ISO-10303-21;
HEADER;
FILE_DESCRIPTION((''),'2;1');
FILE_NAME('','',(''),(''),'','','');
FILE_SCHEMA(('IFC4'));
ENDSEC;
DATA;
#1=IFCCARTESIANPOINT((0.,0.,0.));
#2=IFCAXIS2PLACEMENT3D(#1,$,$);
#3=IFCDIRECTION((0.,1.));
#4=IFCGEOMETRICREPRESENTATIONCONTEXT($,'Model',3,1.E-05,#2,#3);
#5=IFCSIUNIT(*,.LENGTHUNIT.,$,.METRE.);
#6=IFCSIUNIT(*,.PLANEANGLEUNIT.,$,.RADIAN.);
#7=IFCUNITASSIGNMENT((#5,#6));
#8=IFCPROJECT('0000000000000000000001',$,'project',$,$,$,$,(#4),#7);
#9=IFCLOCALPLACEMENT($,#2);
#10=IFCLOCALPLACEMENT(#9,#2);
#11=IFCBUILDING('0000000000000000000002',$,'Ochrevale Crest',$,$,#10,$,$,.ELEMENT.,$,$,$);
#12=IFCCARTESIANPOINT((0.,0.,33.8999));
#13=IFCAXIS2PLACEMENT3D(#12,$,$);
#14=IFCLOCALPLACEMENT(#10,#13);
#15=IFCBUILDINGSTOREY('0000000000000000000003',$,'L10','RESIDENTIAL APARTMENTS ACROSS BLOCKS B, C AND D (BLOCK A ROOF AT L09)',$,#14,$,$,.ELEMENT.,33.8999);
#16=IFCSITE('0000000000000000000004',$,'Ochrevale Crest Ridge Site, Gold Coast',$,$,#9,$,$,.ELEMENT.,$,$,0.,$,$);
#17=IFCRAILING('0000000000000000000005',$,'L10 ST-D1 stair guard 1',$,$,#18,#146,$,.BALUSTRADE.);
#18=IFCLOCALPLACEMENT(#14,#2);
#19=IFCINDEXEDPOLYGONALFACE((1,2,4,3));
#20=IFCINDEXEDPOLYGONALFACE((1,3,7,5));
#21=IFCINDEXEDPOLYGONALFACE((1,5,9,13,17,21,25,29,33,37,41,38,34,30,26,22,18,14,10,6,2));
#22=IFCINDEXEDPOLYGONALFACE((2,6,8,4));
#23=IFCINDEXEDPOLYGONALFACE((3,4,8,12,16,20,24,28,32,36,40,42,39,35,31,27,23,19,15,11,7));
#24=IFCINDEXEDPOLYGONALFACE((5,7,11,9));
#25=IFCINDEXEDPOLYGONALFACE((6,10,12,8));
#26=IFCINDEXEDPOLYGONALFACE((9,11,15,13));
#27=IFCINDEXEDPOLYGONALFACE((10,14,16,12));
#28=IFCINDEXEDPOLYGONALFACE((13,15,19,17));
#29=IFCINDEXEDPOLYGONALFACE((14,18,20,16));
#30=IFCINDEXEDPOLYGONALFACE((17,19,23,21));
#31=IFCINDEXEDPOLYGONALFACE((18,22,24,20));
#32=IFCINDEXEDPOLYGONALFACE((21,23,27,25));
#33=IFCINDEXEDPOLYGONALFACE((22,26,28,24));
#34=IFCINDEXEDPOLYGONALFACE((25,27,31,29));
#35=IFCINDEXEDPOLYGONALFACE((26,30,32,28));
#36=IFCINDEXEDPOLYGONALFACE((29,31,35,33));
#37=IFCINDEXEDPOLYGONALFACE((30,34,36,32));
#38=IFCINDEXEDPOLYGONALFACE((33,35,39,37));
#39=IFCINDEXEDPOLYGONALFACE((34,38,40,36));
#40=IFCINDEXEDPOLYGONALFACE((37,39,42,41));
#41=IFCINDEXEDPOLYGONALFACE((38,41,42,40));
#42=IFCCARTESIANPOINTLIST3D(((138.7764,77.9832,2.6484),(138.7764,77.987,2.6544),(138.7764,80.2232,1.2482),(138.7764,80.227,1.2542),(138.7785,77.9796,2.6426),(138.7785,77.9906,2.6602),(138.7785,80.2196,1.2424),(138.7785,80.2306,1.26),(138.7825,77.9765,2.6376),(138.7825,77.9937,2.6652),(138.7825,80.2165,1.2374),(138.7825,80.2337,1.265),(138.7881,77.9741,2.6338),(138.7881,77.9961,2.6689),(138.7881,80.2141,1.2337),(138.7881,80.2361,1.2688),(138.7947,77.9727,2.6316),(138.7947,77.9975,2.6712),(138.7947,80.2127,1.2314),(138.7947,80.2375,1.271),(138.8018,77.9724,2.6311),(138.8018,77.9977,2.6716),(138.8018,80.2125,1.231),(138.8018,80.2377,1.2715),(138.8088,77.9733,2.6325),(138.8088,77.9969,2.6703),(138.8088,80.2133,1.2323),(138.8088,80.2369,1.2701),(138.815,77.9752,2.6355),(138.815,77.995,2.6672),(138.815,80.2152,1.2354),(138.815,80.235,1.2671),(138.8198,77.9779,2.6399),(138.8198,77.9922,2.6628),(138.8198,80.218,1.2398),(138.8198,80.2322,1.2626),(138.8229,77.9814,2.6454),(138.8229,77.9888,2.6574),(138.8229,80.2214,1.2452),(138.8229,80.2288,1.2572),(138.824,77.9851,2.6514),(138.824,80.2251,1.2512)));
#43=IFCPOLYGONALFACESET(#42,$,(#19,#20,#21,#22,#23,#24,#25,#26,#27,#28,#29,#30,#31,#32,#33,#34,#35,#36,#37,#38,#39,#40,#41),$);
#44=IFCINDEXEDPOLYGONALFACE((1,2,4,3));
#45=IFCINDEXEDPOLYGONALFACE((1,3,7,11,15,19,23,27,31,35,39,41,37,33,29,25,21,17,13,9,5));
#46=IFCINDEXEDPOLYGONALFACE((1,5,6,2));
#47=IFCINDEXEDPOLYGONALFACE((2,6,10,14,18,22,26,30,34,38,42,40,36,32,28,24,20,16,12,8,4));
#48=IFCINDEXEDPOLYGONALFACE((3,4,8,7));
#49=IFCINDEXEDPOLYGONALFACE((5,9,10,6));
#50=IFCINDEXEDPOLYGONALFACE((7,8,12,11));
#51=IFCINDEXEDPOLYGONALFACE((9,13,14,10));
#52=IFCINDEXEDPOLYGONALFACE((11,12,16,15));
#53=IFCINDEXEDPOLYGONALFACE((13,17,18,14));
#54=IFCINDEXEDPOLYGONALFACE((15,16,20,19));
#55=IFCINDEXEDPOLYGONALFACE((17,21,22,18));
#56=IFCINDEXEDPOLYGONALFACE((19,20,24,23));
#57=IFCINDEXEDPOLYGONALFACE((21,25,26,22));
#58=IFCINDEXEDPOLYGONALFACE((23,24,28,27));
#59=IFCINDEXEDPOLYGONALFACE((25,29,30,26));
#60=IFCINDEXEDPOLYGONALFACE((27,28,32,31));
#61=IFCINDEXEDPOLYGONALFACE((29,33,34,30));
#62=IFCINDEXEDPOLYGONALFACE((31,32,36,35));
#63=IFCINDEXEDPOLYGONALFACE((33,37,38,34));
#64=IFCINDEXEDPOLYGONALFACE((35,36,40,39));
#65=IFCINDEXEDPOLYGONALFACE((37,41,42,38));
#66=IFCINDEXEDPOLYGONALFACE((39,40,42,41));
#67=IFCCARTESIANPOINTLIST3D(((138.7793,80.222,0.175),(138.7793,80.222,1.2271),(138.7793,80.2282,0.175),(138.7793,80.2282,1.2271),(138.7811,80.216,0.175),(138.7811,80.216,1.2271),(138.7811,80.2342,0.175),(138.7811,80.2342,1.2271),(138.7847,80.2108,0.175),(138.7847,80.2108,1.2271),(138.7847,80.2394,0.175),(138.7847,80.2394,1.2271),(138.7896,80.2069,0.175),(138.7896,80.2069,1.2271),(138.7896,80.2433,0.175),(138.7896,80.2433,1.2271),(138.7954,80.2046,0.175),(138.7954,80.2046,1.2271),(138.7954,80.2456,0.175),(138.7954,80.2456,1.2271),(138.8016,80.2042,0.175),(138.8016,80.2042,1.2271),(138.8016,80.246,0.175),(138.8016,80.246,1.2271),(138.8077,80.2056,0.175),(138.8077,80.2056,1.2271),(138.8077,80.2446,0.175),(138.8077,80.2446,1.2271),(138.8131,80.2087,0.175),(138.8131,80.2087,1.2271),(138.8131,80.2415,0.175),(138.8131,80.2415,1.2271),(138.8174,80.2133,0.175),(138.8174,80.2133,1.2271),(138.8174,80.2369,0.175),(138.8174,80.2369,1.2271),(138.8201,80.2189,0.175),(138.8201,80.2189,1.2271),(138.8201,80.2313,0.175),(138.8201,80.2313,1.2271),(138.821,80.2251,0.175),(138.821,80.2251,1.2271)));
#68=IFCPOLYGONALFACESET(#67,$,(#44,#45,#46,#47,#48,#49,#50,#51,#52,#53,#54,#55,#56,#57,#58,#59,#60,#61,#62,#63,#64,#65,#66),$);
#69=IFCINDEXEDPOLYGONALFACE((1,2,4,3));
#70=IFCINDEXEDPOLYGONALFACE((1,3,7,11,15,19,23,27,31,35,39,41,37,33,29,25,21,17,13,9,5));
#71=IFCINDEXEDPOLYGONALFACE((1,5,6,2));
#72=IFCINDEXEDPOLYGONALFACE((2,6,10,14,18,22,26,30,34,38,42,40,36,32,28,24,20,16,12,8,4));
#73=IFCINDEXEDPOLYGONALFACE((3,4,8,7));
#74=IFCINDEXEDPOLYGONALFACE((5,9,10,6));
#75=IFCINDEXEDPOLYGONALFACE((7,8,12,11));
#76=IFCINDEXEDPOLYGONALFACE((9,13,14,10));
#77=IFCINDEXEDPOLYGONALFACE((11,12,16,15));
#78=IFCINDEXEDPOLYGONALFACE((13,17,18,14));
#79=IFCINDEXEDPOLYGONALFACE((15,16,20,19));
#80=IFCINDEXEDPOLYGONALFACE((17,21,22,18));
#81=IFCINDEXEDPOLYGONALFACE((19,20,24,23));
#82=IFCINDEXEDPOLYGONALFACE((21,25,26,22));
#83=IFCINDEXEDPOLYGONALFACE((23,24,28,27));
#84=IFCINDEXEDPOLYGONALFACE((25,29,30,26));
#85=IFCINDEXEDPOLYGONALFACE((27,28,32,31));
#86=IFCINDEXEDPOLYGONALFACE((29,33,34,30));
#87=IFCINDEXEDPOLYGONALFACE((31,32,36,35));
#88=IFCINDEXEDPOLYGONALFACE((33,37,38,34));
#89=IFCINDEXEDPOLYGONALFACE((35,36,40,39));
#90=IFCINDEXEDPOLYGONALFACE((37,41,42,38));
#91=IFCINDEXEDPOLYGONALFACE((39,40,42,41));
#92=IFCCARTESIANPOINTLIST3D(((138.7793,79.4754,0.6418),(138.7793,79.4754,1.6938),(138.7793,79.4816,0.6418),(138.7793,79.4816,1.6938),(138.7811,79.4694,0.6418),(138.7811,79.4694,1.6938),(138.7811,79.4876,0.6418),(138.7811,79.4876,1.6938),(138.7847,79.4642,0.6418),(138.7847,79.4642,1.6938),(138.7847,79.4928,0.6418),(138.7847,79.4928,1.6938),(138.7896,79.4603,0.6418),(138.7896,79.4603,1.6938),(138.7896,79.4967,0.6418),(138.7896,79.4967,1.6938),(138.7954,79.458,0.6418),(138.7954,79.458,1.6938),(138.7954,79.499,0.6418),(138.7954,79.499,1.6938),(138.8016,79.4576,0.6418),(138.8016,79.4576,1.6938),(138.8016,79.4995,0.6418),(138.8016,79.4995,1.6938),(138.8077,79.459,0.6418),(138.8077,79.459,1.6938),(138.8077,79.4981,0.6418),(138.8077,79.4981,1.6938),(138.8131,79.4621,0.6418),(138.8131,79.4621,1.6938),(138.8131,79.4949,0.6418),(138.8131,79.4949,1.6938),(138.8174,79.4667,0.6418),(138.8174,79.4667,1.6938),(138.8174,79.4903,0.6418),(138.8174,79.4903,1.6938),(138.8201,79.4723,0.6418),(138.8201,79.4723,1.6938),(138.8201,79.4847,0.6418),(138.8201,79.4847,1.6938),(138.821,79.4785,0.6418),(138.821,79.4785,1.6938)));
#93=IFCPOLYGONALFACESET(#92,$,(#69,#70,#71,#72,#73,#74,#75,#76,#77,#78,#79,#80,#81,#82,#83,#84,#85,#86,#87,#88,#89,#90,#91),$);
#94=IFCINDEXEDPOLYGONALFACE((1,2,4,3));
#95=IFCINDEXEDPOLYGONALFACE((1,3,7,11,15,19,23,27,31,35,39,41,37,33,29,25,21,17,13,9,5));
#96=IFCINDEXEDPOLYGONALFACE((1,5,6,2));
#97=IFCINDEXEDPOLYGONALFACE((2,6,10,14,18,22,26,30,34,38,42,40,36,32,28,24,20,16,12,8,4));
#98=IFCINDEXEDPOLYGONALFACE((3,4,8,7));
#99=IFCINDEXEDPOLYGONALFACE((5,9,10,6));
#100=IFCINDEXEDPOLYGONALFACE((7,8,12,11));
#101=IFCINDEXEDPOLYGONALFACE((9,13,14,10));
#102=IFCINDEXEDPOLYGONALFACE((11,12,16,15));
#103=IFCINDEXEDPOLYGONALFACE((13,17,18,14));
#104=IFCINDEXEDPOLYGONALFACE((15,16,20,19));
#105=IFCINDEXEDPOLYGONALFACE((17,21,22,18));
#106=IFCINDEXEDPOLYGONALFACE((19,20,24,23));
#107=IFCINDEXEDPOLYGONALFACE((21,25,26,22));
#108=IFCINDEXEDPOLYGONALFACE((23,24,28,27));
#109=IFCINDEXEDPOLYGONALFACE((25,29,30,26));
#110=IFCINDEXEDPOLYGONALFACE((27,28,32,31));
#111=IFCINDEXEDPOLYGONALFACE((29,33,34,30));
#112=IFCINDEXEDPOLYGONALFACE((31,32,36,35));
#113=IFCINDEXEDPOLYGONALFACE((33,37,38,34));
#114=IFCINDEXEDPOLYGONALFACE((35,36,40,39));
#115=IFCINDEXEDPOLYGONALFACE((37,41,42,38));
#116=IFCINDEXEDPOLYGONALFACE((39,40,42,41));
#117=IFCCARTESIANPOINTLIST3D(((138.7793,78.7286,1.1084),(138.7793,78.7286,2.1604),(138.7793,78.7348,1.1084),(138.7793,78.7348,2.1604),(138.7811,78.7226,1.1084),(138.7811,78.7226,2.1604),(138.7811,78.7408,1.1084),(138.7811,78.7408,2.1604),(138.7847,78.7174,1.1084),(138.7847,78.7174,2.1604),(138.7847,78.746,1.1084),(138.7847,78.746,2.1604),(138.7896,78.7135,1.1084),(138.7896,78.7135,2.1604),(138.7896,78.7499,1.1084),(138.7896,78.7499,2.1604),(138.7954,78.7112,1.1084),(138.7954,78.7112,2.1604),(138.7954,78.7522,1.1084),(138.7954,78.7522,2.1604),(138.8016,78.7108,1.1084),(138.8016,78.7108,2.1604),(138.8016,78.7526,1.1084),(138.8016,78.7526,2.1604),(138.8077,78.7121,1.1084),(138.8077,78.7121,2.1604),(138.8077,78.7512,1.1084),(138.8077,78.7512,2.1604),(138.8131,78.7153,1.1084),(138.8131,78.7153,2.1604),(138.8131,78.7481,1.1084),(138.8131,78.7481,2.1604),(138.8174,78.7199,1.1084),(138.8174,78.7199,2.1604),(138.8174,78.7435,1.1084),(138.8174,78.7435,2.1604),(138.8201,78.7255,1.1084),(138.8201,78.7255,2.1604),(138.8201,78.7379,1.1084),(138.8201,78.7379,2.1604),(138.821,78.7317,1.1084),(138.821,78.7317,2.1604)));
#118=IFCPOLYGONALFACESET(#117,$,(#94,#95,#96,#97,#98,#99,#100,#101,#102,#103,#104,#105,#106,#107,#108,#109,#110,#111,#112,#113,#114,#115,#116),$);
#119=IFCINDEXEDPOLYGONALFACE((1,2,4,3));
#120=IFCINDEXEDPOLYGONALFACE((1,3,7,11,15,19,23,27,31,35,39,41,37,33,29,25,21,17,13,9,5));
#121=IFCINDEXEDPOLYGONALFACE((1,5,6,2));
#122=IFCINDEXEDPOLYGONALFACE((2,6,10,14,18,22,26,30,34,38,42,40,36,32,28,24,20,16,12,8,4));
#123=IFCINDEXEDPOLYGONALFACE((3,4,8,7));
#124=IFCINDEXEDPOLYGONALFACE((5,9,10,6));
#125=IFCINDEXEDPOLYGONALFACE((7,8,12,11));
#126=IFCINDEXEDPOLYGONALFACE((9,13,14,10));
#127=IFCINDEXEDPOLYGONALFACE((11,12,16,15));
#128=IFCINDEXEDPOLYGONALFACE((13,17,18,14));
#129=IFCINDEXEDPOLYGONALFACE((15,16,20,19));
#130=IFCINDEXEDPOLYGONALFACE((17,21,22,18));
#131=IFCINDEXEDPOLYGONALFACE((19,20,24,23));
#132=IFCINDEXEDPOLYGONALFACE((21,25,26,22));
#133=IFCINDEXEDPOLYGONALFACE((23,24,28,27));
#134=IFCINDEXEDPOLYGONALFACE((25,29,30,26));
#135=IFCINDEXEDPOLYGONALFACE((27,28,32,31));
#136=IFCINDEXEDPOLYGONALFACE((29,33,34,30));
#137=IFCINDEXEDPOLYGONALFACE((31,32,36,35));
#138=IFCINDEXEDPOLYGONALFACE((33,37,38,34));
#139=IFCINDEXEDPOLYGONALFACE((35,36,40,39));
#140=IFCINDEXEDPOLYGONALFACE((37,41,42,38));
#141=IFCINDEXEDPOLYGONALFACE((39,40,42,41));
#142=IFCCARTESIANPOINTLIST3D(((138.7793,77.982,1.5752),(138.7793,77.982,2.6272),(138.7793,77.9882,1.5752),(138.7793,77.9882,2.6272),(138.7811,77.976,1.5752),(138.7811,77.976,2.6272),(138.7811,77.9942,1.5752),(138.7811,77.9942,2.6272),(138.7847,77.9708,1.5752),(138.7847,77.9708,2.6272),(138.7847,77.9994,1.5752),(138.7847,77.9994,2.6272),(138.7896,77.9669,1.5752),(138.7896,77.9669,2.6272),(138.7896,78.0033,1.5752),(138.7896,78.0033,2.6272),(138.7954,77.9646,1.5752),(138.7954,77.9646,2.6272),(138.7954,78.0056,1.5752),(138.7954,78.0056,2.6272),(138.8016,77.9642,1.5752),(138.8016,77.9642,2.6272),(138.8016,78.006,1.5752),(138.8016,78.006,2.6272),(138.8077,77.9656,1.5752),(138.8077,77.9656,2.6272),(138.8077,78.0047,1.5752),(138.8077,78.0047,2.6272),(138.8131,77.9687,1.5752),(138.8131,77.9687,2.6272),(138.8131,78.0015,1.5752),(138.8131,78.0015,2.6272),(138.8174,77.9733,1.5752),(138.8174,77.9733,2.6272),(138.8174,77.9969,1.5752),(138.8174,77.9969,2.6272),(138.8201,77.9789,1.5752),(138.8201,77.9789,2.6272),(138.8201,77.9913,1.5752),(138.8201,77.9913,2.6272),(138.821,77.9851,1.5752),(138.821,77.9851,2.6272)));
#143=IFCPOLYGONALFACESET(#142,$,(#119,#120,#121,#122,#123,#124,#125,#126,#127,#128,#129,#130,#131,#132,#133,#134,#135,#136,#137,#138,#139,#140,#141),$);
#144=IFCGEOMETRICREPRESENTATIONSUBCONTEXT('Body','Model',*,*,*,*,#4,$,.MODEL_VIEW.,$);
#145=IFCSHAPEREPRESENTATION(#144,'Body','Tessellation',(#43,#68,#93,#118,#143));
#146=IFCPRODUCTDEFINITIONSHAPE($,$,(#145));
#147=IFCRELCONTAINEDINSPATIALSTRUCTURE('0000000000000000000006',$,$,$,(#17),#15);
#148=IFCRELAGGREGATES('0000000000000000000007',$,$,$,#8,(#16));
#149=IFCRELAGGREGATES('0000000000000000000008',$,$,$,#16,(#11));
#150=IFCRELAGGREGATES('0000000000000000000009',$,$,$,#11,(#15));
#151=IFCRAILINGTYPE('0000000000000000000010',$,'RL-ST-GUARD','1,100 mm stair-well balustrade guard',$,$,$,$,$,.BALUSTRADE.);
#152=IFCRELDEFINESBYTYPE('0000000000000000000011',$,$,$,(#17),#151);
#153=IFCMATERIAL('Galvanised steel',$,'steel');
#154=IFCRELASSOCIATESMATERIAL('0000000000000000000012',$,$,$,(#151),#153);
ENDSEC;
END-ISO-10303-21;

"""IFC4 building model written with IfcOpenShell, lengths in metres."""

from ifc_helpers import new_model, si_unit, direction, frame, origin, origin_2d, place, context, subcontext, project, spatial, circle, extrude, material, type_object, element, save


model = new_model("IFC4")

# Units and contexts
model_context = context("Model", 3, precision=1e-05, world=origin(), true_north=direction((0.0, 1.0)))
body_context = subcontext(model_context, "Body", "Model", "MODEL_VIEW")
ifc_project = project(units=[si_unit("LENGTHUNIT", "METRE"), si_unit("PLANEANGLEUNIT", "RADIAN")], contexts=[model_context])

# Site, building, storey
site_placement = place(None, origin())
site = spatial("IfcSite", under=ifc_project, at=site_placement, Name="Ochrevale Crest Ridge Site, Gold Coast", CompositionType="ELEMENT", RefElevation=0.0)
building_placement = place(site_placement, origin())
building = spatial("IfcBuilding", under=site, at=building_placement, Name="Ochrevale Crest", CompositionType="ELEMENT")
storey_placement = place(building_placement, frame((0.0, 0.0, 33.8999)))
storey = spatial("IfcBuildingStorey", under=building, at=storey_placement, Name="L10", Description="RESIDENTIAL APARTMENTS ACROSS BLOCKS B, C AND D (BLOCK A ROOF AT L09)", CompositionType="ELEMENT", Elevation=33.8999)

# Railing
ifc_material_1 = material(Name="Galvanised steel", Category="steel")
railing_type = type_object("IfcRailingType", Name="RL-ST-GUARD", Description="1,100 mm stair-well balustrade guard", PredefinedType="BALUSTRADE", material=ifc_material_1)
railing_1_placement = place(storey_placement, frame((138.8, 80.2251, 0.175)))
element("IfcRailing", 1, at=railing_1_placement, inside=storey, type_object=railing_type, Name="L10 ST-D1 stair guard 1", PredefinedType="BALUSTRADE", context=body_context, shape_type="SweptSolid", body=[
    extrude(circle(Radius=0.0239, at=origin_2d()), frame((0.0, 0.0, 1.0762), z_axis=(0.0, -0.847972, 0.53004), x_axis=(1.0, 0.0, 0.0)), (0.0, 0.0, 1.0), 2.6416),
    extrude(circle(Radius=0.021, at=origin_2d()), origin(), (0.0, 0.0, 1.0), 1.052),
    extrude(circle(Radius=0.021, at=origin_2d()), frame((0.0, -0.7466, 0.4668)), (0.0, 0.0, 1.0), 1.052),
    extrude(circle(Radius=0.021, at=origin_2d()), frame((0.0, -1.4934, 0.9333)), (0.0, 0.0, 1.0), 1.052),
    extrude(circle(Radius=0.021, at=origin_2d()), frame((0.0, -2.24, 1.4001)), (0.0, 0.0, 1.0), 1.052),
])

save(model, "model.ifc")
